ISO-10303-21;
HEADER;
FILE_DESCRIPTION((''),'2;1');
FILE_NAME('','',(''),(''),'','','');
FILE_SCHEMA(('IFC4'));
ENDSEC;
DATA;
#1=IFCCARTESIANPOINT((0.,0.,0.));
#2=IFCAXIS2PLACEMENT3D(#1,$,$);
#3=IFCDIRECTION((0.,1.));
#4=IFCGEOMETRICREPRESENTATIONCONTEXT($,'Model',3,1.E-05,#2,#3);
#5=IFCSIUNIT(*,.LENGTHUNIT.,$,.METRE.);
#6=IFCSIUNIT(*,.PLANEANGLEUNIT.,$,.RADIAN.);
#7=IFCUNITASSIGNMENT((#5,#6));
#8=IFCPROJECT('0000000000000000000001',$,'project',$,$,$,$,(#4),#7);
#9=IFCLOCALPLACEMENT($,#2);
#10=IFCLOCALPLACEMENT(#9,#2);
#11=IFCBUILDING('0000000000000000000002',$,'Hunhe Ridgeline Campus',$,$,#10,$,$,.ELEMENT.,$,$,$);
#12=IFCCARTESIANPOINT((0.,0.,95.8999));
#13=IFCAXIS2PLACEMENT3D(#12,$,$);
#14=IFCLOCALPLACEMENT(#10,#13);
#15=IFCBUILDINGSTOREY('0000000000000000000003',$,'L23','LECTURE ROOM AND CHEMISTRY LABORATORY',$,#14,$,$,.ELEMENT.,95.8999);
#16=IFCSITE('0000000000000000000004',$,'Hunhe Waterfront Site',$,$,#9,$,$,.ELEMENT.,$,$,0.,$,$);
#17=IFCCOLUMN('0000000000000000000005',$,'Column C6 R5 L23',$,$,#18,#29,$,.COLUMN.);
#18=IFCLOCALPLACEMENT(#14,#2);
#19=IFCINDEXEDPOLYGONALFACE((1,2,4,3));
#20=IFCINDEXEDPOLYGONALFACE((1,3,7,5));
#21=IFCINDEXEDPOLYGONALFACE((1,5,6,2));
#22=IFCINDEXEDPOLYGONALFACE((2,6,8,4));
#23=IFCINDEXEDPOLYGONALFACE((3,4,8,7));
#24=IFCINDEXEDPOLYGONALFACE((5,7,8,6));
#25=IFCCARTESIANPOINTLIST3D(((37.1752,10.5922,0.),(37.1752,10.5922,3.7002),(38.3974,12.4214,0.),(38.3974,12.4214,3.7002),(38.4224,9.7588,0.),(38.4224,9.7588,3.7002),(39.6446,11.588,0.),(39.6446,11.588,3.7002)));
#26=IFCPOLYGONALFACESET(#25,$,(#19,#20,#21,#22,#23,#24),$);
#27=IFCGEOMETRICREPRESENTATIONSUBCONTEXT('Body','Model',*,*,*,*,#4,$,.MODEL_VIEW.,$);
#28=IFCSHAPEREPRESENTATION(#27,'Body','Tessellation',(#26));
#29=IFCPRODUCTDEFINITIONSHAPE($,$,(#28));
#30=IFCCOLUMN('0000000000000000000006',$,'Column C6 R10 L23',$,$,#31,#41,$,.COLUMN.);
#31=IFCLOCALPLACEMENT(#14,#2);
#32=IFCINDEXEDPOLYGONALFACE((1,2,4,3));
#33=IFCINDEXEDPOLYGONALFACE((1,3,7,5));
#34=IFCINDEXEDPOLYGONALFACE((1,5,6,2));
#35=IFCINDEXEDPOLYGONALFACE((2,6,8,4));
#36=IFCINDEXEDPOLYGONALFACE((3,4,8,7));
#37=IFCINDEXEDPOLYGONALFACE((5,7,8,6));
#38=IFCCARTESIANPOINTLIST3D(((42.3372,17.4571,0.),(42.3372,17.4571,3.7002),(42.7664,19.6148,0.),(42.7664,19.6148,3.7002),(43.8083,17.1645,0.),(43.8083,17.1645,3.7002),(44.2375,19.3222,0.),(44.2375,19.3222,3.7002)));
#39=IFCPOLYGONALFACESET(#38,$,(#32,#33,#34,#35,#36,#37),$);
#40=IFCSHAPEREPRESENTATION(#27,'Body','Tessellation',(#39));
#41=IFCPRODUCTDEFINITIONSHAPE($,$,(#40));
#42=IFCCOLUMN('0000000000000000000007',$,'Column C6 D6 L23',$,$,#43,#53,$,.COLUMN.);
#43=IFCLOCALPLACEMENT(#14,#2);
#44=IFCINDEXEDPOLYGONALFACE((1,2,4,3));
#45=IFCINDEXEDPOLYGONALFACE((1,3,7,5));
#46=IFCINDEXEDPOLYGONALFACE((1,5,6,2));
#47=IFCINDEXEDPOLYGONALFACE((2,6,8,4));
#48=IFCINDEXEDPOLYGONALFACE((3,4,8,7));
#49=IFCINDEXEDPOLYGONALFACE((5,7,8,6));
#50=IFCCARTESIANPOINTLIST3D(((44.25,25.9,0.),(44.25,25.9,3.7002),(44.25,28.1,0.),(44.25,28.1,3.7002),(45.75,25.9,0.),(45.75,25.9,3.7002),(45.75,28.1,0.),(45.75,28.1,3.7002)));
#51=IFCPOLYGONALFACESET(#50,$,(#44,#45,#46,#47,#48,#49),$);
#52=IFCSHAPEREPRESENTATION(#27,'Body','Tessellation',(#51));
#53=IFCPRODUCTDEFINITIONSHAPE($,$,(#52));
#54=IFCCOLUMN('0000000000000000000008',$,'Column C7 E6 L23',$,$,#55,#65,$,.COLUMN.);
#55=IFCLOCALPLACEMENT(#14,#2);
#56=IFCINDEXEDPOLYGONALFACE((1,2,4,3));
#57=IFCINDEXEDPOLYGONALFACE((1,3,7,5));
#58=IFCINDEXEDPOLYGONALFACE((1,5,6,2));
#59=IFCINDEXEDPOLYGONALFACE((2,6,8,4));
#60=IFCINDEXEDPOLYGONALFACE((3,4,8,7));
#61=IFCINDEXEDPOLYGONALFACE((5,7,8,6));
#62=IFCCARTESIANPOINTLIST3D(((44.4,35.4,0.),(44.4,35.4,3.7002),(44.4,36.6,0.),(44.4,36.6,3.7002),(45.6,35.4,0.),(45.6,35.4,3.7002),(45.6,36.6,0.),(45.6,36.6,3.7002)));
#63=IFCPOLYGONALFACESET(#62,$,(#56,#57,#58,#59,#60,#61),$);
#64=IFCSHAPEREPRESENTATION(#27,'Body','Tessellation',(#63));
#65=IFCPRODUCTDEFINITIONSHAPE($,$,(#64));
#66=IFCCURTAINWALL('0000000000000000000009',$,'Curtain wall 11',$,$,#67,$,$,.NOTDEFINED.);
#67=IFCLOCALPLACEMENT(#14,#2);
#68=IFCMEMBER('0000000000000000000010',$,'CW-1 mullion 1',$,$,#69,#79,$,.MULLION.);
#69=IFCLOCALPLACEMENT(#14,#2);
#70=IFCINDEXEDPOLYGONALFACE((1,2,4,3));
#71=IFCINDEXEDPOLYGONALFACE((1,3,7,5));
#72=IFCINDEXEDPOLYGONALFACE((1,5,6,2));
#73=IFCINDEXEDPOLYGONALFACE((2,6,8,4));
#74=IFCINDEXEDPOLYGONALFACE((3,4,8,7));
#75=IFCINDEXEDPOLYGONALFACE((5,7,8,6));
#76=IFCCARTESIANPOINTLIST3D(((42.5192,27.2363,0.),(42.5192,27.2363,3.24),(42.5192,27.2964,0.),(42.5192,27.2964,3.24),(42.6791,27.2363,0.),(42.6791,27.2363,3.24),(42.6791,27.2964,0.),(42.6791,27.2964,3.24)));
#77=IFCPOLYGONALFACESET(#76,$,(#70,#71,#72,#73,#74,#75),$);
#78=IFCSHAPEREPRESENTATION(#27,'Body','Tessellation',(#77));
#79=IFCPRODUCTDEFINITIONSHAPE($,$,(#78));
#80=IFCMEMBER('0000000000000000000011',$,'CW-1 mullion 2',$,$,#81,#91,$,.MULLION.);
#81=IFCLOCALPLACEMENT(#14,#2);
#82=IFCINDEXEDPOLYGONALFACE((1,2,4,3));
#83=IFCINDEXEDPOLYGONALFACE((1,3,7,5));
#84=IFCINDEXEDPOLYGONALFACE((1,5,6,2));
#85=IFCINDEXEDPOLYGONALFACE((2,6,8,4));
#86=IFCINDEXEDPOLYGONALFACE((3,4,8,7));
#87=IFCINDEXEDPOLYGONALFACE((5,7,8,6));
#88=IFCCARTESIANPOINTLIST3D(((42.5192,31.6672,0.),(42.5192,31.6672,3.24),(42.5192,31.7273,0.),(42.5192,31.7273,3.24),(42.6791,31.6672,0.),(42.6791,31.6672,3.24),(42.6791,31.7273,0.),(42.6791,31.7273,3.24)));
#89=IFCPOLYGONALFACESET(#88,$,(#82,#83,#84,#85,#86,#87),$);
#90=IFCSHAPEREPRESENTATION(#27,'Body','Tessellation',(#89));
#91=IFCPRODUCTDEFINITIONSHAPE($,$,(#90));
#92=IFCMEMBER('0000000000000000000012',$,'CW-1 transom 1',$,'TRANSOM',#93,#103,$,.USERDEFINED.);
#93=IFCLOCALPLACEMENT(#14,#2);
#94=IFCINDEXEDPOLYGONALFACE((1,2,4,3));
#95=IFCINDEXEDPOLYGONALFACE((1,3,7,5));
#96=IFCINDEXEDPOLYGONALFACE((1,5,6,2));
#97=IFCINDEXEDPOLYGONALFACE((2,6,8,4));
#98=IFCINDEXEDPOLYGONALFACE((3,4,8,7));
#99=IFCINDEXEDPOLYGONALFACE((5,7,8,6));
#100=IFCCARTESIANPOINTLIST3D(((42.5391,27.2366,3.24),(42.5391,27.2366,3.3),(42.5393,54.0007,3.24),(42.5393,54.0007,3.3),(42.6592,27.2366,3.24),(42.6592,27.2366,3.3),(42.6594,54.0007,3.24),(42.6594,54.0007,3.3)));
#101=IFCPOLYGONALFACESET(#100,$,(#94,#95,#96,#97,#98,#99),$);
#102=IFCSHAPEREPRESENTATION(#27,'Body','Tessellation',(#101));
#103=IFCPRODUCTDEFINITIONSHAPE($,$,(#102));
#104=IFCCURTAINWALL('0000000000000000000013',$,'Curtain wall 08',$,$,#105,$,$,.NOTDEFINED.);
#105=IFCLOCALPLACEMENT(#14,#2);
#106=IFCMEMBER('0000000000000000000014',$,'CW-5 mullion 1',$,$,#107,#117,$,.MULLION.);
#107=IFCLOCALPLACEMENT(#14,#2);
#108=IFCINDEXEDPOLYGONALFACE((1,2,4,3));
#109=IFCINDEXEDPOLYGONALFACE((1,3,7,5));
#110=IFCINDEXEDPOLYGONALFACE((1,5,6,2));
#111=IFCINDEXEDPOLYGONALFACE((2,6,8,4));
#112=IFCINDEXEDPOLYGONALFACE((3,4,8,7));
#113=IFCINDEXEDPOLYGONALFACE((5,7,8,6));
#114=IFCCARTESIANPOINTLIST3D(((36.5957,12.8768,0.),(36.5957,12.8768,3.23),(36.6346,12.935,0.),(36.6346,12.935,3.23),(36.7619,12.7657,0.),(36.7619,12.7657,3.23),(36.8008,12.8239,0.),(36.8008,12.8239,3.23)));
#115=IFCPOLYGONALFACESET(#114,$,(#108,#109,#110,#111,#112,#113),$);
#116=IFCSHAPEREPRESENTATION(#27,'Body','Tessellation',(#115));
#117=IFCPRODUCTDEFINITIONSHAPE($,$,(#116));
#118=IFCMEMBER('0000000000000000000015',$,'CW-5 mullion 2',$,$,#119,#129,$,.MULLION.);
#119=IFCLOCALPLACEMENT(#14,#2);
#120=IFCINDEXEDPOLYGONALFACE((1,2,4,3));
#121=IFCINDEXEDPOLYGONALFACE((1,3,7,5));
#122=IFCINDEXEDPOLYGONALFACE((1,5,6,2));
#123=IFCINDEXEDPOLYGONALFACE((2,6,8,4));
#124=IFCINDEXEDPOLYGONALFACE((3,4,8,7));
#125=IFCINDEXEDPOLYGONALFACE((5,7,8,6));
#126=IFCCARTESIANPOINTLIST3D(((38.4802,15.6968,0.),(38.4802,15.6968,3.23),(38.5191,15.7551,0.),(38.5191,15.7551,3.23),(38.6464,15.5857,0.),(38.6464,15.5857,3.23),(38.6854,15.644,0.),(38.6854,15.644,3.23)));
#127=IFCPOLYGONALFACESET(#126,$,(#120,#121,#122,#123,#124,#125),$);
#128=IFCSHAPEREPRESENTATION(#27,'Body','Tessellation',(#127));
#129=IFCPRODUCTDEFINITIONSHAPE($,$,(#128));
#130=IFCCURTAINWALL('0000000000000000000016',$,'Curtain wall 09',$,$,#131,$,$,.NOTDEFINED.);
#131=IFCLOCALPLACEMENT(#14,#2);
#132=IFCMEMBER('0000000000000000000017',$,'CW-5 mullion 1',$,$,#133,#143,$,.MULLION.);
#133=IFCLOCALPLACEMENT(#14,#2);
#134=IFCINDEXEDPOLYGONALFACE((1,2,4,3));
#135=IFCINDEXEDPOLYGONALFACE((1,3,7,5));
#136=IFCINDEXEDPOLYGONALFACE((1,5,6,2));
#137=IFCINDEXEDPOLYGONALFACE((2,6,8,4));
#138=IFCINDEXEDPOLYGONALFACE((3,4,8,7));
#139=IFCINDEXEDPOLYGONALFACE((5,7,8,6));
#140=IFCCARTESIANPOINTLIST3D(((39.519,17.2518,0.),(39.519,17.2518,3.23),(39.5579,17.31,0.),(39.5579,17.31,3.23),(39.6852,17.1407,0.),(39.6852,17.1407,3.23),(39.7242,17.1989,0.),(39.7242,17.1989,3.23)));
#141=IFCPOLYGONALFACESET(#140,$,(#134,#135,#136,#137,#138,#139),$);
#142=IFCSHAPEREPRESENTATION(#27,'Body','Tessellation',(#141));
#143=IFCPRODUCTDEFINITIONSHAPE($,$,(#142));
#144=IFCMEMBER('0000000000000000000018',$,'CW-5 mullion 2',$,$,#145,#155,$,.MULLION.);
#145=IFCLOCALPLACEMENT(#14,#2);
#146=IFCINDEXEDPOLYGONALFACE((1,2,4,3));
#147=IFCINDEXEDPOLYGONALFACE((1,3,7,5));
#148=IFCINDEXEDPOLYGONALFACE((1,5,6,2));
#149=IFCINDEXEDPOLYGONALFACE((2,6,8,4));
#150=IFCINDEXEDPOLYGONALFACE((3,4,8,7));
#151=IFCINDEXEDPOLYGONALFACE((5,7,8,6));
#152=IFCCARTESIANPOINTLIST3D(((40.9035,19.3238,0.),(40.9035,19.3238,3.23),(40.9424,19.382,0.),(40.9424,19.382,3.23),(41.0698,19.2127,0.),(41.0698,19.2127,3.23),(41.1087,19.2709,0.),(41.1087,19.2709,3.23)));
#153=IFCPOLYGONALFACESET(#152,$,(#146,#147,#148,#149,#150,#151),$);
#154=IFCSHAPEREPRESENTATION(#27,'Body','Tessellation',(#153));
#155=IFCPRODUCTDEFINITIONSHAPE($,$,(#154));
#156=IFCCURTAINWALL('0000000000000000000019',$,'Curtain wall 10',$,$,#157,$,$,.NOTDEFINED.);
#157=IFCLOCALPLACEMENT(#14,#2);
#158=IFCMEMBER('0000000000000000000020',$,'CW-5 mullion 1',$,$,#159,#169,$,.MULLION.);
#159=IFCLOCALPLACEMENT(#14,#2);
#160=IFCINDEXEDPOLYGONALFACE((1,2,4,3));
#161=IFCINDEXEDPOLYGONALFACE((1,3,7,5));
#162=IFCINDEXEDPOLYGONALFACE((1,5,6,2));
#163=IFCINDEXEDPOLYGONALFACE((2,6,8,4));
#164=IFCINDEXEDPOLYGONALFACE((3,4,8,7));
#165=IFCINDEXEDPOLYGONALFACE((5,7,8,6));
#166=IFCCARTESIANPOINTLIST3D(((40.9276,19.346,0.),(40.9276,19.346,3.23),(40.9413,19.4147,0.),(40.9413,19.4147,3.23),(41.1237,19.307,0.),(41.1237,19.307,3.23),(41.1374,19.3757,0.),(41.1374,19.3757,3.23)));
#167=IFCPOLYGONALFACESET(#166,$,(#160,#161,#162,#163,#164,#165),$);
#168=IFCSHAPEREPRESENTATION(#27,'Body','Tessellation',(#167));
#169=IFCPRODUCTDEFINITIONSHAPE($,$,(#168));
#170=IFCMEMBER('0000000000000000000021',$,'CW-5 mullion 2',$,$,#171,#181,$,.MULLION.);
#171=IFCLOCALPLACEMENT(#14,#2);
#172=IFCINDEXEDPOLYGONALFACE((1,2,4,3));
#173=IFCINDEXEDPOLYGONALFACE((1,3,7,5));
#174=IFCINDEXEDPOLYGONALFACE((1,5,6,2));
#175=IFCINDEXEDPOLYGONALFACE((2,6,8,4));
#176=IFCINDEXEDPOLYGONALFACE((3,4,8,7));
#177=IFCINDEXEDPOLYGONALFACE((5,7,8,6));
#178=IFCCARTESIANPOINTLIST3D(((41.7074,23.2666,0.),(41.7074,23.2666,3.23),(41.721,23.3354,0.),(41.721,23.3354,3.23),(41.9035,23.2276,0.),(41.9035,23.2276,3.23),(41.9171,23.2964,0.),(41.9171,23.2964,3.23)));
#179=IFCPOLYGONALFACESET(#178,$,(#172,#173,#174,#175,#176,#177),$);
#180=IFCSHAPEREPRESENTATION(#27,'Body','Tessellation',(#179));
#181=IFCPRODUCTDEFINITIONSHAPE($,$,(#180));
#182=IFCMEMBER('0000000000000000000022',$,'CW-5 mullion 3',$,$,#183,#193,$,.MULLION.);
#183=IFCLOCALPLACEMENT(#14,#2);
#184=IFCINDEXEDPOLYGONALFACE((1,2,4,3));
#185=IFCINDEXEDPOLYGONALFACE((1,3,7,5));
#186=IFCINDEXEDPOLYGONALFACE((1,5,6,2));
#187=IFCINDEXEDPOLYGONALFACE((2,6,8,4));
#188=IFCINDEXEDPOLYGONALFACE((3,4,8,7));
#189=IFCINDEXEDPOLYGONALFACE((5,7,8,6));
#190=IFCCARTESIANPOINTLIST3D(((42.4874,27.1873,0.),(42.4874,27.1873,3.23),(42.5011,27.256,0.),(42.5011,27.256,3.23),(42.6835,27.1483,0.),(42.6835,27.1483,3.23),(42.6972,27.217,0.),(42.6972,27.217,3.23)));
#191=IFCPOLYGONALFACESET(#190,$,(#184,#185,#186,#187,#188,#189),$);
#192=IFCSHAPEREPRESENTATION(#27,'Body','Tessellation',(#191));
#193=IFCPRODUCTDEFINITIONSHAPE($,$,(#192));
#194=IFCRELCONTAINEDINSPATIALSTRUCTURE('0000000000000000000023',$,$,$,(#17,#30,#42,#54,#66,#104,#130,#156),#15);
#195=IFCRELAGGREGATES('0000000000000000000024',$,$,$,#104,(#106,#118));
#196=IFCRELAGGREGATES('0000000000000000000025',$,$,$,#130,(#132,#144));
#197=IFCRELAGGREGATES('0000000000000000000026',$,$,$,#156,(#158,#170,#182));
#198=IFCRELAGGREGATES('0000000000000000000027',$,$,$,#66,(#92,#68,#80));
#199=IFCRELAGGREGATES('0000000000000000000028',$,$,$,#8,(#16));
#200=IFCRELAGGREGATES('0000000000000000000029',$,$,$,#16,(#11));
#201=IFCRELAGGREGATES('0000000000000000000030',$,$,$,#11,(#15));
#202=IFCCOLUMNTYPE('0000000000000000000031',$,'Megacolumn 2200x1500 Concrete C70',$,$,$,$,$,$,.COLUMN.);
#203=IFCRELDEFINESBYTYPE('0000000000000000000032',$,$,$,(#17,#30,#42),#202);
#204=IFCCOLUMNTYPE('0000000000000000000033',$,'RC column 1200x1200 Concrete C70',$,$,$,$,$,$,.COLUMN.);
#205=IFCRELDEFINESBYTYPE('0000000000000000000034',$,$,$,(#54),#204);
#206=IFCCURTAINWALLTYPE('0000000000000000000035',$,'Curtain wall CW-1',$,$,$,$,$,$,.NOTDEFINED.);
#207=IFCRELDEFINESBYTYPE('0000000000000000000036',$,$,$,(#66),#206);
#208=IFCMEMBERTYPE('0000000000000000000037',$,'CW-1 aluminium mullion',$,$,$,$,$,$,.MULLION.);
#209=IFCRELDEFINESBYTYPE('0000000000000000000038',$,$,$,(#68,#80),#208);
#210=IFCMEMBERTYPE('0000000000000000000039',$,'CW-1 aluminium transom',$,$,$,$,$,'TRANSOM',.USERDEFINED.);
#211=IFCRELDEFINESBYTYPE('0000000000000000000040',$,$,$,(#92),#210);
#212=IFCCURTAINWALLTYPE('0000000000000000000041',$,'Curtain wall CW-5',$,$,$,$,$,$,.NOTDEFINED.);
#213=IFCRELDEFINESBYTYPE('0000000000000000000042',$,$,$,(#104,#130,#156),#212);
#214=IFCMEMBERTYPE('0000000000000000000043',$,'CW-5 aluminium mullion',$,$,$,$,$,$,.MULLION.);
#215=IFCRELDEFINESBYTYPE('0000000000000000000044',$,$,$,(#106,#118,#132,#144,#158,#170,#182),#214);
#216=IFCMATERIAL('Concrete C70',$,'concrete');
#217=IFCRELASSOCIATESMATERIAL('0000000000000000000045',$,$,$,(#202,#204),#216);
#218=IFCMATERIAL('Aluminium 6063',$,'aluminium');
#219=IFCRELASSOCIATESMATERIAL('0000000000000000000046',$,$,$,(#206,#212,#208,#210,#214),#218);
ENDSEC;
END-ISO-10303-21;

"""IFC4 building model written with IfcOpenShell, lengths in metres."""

from ifc_helpers import new_model, si_unit, direction, frame, origin, origin_2d, place, context, subcontext, project, spatial, rectangle, extrude, material, material_profile, profile_set, type_object, element, aggregate, save


model = new_model("IFC4")

# Units and contexts
model_context = context("Model", 3, precision=1e-05, world=origin(), true_north=direction((0.0, 1.0)))
body_context = subcontext(model_context, "Body", "Model", "MODEL_VIEW")
ifc_project = project(units=[si_unit("LENGTHUNIT", "METRE"), si_unit("PLANEANGLEUNIT", "RADIAN")], contexts=[model_context])

# Site, building, storey
site_placement = place(None, origin())
site = spatial("IfcSite", under=ifc_project, at=site_placement, Name="Hunhe Waterfront Site", CompositionType="ELEMENT", RefElevation=0.0)
building_placement = place(site_placement, origin())
building = spatial("IfcBuilding", under=site, at=building_placement, Name="Hunhe Ridgeline Campus", CompositionType="ELEMENT")
storey_placement = place(building_placement, frame((0.0, 0.0, 95.8999)))
storey = spatial("IfcBuildingStorey", under=building, at=storey_placement, Name="L23", Description="LECTURE ROOM AND CHEMISTRY LABORATORY", CompositionType="ELEMENT", Elevation=95.8999)

# Columns
ifc_material_1 = material(Name="Concrete C70", Category="concrete")
ifc_material_profile_1 = material_profile(ifc_material_1, rectangle(XDim=2.2, YDim=1.5, at=origin_2d()))
ifc_profile_set_1 = profile_set([ifc_material_profile_1], Name="Concrete C70")
column_type_1 = type_object("IfcColumnType", Name="Megacolumn 2200x1500 Concrete C70", PredefinedType="COLUMN", material=ifc_profile_set_1)
for number, where, z_axis, x_axis, name in (
    (1, (38.4099, 11.0901, 0.0), (0.0, 0.0, 1.0), (0.55557, 0.83147, 0.0), "Column C6 R5 L23"),
    (2, (43.2874, 18.3896, 0.0), (0.0, 0.0, 1.0), (0.19509, 0.980785, 0.0), "Column C6 R10 L23"),
    (3, (45.0, 27.0, 0.0), (0.0, 0.0, 1.0), (0.0, 1.0, 0.0), "Column C6 D6 L23"),
):
    element("IfcColumn", number, at=place(storey_placement, frame(where, z_axis=z_axis, x_axis=x_axis)), inside=storey, type_object=column_type_1, Name=name, PredefinedType="COLUMN", context=body_context, shape_type="SweptSolid", body=[
        extrude(rectangle(XDim=2.2, YDim=1.5, at=origin_2d()), origin(), (0.0, 0.0, 1.0), 3.7002),
    ])
ifc_material_profile_2 = material_profile(ifc_material_1, rectangle(XDim=1.2, YDim=1.2, at=origin_2d()))
ifc_profile_set_2 = profile_set([ifc_material_profile_2], Name="Concrete C70")
column_type_2 = type_object("IfcColumnType", Name="RC column 1200x1200 Concrete C70", PredefinedType="COLUMN", material=ifc_profile_set_2)
column_placement = place(storey_placement, frame((45.0, 36.0, 0.0), z_axis=(0.0, 0.0, 1.0), x_axis=(1.0, 0.0, 0.0)))
element("IfcColumn", 4, at=column_placement, inside=storey, type_object=column_type_2, Name="Column C7 E6 L23", PredefinedType="COLUMN", context=body_context, shape_type="SweptSolid", body=[
    extrude(rectangle(XDim=1.2, YDim=1.2, at=origin_2d()), origin(), (0.0, 0.0, 1.0), 3.7002),
])

# Curtain walls, members
ifc_material_2 = material(Name="Aluminium 6063", Category="aluminium")
curtain_wall_type_1 = type_object("IfcCurtainWallType", Name="Curtain wall CW-1", PredefinedType="NOTDEFINED", material=ifc_material_2)
curtain_wall_1_placement = place(storey_placement, origin())
curtain_wall_1 = element("IfcCurtainWall", 5, at=curtain_wall_1_placement, inside=storey, type_object=curtain_wall_type_1, Name="Curtain wall 11", PredefinedType="NOTDEFINED")
ifc_material_profile_3 = material_profile(ifc_material_2, rectangle(XDim=0.1599, YDim=0.0601, at=origin_2d()))
ifc_profile_set_3 = profile_set([ifc_material_profile_3], Name="Aluminium 6063")
member_type_1 = type_object("IfcMemberType", Name="CW-1 aluminium mullion", PredefinedType="MULLION", material=ifc_profile_set_3)
member_1_placement = place(storey_placement, frame((42.5991, 27.2664, 0.0), z_axis=(0.0, 0.0, 1.0), x_axis=(-1.0, 0.000011, 0.0)))
member_1 = element("IfcMember", 6, at=member_1_placement, type_object=member_type_1, Name="CW-1 mullion 1", PredefinedType="MULLION", context=body_context, shape_type="SweptSolid", body=[
    extrude(rectangle(XDim=0.1599, YDim=0.0601, at=origin_2d()), origin(), (0.0, 0.0, 1.0), 3.24),
])
member_2_placement = place(storey_placement, frame((42.5991, 31.6973, 0.0), z_axis=(0.0, 0.0, 1.0), x_axis=(-1.0, 0.000011, 0.0)))
member_2 = element("IfcMember", 7, at=member_2_placement, type_object=member_type_1, Name="CW-1 mullion 2", PredefinedType="MULLION", context=body_context, shape_type="SweptSolid", body=[
    extrude(rectangle(XDim=0.1599, YDim=0.0601, at=origin_2d()), origin(), (0.0, 0.0, 1.0), 3.24),
])
ifc_material_profile_4 = material_profile(ifc_material_2, rectangle(XDim=0.1201, YDim=0.0601, at=origin_2d()))
ifc_profile_set_4 = profile_set([ifc_material_profile_4], Name="Aluminium 6063")
member_type_2 = type_object("IfcMemberType", Name="CW-1 aluminium transom", ElementType="TRANSOM", PredefinedType="USERDEFINED", material=ifc_profile_set_4)
member_3_placement = place(storey_placement, frame((42.5991, 27.2366, 3.27), z_axis=(0.000009, 1.0, 0.0), x_axis=(-1.0, 0.000009, 0.0)))
member_3 = element("IfcMember", 8, at=member_3_placement, type_object=member_type_2, Name="CW-1 transom 1", ObjectType="TRANSOM", PredefinedType="USERDEFINED", context=body_context, shape_type="SweptSolid", body=[
    extrude(rectangle(XDim=0.1201, YDim=0.0601, at=origin_2d()), origin(), (0.0, 0.0, 1.0), 26.7642),
])
curtain_wall_type_2 = type_object("IfcCurtainWallType", Name="Curtain wall CW-5", PredefinedType="NOTDEFINED", material=ifc_material_2)
curtain_wall_2_placement = place(storey_placement, origin())
curtain_wall_2 = element("IfcCurtainWall", 9, at=curtain_wall_2_placement, inside=storey, type_object=curtain_wall_type_2, Name="Curtain wall 08", PredefinedType="NOTDEFINED")
ifc_material_profile_5 = material_profile(ifc_material_2, rectangle(XDim=0.2, YDim=0.0701, at=origin_2d()))
ifc_profile_set_5 = profile_set([ifc_material_profile_5], Name="Aluminium 6063")
member_type_3 = type_object("IfcMemberType", Name="CW-5 aluminium mullion", PredefinedType="MULLION", material=ifc_profile_set_5)
member_4_placement = place(storey_placement, frame((36.6982, 12.8503, 0.0), z_axis=(0.0, 0.0, 1.0), x_axis=(-0.83147, 0.55557, 0.0)))
member_4 = element("IfcMember", 10, at=member_4_placement, type_object=member_type_3, Name="CW-5 mullion 1", PredefinedType="MULLION", context=body_context, shape_type="SweptSolid", body=[
    extrude(rectangle(XDim=0.2, YDim=0.0701, at=origin_2d()), origin(), (0.0, 0.0, 1.0), 3.23),
])
member_5_placement = place(storey_placement, frame((38.5828, 15.6704, 0.0), z_axis=(0.0, 0.0, 1.0), x_axis=(-0.83147, 0.55557, 0.0)))
member_5 = element("IfcMember", 11, at=member_5_placement, type_object=member_type_3, Name="CW-5 mullion 2", PredefinedType="MULLION", context=body_context, shape_type="SweptSolid", body=[
    extrude(rectangle(XDim=0.2, YDim=0.0701, at=origin_2d()), origin(), (0.0, 0.0, 1.0), 3.23),
])
curtain_wall_3_placement = place(storey_placement, origin())
curtain_wall_3 = element("IfcCurtainWall", 12, at=curtain_wall_3_placement, inside=storey, type_object=curtain_wall_type_2, Name="Curtain wall 09", PredefinedType="NOTDEFINED")
member_6_placement = place(storey_placement, frame((39.6216, 17.2253, 0.0), z_axis=(0.0, 0.0, 1.0), x_axis=(-0.83147, 0.55557, 0.0)))
member_6 = element("IfcMember", 13, at=member_6_placement, type_object=member_type_3, Name="CW-5 mullion 1", PredefinedType="MULLION", context=body_context, shape_type="SweptSolid", body=[
    extrude(rectangle(XDim=0.2, YDim=0.0701, at=origin_2d()), origin(), (0.0, 0.0, 1.0), 3.23),
])
member_7_placement = place(storey_placement, frame((41.0061, 19.2974, 0.0), z_axis=(0.0, 0.0, 1.0), x_axis=(-0.83147, 0.55557, 0.0)))
member_7 = element("IfcMember", 14, at=member_7_placement, type_object=member_type_3, Name="CW-5 mullion 2", PredefinedType="MULLION", context=body_context, shape_type="SweptSolid", body=[
    extrude(rectangle(XDim=0.2, YDim=0.0701, at=origin_2d()), origin(), (0.0, 0.0, 1.0), 3.23),
])
curtain_wall_4_placement = place(storey_placement, origin())
curtain_wall_4 = element("IfcCurtainWall", 15, at=curtain_wall_4_placement, inside=storey, type_object=curtain_wall_type_2, Name="Curtain wall 10", PredefinedType="NOTDEFINED")
member_8_placement = place(storey_placement, frame((41.0325, 19.3608, 0.0), z_axis=(0.0, 0.0, 1.0), x_axis=(-0.980785, 0.19509, 0.0)))
member_8 = element("IfcMember", 16, at=member_8_placement, type_object=member_type_3, Name="CW-5 mullion 1", PredefinedType="MULLION", context=body_context, shape_type="SweptSolid", body=[
    extrude(rectangle(XDim=0.2, YDim=0.0701, at=origin_2d()), origin(), (0.0, 0.0, 1.0), 3.23),
])
member_9_placement = place(storey_placement, frame((41.8123, 23.2815, 0.0), z_axis=(0.0, 0.0, 1.0), x_axis=(-0.980785, 0.19509, 0.0)))
member_9 = element("IfcMember", 17, at=member_9_placement, type_object=member_type_3, Name="CW-5 mullion 2", PredefinedType="MULLION", context=body_context, shape_type="SweptSolid", body=[
    extrude(rectangle(XDim=0.2, YDim=0.0701, at=origin_2d()), origin(), (0.0, 0.0, 1.0), 3.23),
])
member_10_placement = place(storey_placement, frame((42.5923, 27.2021, 0.0), z_axis=(0.0, 0.0, 1.0), x_axis=(-0.980785, 0.19509, 0.0)))
member_10 = element("IfcMember", 18, at=member_10_placement, type_object=member_type_3, Name="CW-5 mullion 3", PredefinedType="MULLION", context=body_context, shape_type="SweptSolid", body=[
    extrude(rectangle(XDim=0.2, YDim=0.0701, at=origin_2d()), origin(), (0.0, 0.0, 1.0), 3.23),
])

aggregate(curtain_wall_2, [member_4, member_5])
aggregate(curtain_wall_3, [member_6, member_7])
aggregate(curtain_wall_4, [member_8, member_9, member_10])
aggregate(curtain_wall_1, [member_3, member_1, member_2])

save(model, "model.ifc")
